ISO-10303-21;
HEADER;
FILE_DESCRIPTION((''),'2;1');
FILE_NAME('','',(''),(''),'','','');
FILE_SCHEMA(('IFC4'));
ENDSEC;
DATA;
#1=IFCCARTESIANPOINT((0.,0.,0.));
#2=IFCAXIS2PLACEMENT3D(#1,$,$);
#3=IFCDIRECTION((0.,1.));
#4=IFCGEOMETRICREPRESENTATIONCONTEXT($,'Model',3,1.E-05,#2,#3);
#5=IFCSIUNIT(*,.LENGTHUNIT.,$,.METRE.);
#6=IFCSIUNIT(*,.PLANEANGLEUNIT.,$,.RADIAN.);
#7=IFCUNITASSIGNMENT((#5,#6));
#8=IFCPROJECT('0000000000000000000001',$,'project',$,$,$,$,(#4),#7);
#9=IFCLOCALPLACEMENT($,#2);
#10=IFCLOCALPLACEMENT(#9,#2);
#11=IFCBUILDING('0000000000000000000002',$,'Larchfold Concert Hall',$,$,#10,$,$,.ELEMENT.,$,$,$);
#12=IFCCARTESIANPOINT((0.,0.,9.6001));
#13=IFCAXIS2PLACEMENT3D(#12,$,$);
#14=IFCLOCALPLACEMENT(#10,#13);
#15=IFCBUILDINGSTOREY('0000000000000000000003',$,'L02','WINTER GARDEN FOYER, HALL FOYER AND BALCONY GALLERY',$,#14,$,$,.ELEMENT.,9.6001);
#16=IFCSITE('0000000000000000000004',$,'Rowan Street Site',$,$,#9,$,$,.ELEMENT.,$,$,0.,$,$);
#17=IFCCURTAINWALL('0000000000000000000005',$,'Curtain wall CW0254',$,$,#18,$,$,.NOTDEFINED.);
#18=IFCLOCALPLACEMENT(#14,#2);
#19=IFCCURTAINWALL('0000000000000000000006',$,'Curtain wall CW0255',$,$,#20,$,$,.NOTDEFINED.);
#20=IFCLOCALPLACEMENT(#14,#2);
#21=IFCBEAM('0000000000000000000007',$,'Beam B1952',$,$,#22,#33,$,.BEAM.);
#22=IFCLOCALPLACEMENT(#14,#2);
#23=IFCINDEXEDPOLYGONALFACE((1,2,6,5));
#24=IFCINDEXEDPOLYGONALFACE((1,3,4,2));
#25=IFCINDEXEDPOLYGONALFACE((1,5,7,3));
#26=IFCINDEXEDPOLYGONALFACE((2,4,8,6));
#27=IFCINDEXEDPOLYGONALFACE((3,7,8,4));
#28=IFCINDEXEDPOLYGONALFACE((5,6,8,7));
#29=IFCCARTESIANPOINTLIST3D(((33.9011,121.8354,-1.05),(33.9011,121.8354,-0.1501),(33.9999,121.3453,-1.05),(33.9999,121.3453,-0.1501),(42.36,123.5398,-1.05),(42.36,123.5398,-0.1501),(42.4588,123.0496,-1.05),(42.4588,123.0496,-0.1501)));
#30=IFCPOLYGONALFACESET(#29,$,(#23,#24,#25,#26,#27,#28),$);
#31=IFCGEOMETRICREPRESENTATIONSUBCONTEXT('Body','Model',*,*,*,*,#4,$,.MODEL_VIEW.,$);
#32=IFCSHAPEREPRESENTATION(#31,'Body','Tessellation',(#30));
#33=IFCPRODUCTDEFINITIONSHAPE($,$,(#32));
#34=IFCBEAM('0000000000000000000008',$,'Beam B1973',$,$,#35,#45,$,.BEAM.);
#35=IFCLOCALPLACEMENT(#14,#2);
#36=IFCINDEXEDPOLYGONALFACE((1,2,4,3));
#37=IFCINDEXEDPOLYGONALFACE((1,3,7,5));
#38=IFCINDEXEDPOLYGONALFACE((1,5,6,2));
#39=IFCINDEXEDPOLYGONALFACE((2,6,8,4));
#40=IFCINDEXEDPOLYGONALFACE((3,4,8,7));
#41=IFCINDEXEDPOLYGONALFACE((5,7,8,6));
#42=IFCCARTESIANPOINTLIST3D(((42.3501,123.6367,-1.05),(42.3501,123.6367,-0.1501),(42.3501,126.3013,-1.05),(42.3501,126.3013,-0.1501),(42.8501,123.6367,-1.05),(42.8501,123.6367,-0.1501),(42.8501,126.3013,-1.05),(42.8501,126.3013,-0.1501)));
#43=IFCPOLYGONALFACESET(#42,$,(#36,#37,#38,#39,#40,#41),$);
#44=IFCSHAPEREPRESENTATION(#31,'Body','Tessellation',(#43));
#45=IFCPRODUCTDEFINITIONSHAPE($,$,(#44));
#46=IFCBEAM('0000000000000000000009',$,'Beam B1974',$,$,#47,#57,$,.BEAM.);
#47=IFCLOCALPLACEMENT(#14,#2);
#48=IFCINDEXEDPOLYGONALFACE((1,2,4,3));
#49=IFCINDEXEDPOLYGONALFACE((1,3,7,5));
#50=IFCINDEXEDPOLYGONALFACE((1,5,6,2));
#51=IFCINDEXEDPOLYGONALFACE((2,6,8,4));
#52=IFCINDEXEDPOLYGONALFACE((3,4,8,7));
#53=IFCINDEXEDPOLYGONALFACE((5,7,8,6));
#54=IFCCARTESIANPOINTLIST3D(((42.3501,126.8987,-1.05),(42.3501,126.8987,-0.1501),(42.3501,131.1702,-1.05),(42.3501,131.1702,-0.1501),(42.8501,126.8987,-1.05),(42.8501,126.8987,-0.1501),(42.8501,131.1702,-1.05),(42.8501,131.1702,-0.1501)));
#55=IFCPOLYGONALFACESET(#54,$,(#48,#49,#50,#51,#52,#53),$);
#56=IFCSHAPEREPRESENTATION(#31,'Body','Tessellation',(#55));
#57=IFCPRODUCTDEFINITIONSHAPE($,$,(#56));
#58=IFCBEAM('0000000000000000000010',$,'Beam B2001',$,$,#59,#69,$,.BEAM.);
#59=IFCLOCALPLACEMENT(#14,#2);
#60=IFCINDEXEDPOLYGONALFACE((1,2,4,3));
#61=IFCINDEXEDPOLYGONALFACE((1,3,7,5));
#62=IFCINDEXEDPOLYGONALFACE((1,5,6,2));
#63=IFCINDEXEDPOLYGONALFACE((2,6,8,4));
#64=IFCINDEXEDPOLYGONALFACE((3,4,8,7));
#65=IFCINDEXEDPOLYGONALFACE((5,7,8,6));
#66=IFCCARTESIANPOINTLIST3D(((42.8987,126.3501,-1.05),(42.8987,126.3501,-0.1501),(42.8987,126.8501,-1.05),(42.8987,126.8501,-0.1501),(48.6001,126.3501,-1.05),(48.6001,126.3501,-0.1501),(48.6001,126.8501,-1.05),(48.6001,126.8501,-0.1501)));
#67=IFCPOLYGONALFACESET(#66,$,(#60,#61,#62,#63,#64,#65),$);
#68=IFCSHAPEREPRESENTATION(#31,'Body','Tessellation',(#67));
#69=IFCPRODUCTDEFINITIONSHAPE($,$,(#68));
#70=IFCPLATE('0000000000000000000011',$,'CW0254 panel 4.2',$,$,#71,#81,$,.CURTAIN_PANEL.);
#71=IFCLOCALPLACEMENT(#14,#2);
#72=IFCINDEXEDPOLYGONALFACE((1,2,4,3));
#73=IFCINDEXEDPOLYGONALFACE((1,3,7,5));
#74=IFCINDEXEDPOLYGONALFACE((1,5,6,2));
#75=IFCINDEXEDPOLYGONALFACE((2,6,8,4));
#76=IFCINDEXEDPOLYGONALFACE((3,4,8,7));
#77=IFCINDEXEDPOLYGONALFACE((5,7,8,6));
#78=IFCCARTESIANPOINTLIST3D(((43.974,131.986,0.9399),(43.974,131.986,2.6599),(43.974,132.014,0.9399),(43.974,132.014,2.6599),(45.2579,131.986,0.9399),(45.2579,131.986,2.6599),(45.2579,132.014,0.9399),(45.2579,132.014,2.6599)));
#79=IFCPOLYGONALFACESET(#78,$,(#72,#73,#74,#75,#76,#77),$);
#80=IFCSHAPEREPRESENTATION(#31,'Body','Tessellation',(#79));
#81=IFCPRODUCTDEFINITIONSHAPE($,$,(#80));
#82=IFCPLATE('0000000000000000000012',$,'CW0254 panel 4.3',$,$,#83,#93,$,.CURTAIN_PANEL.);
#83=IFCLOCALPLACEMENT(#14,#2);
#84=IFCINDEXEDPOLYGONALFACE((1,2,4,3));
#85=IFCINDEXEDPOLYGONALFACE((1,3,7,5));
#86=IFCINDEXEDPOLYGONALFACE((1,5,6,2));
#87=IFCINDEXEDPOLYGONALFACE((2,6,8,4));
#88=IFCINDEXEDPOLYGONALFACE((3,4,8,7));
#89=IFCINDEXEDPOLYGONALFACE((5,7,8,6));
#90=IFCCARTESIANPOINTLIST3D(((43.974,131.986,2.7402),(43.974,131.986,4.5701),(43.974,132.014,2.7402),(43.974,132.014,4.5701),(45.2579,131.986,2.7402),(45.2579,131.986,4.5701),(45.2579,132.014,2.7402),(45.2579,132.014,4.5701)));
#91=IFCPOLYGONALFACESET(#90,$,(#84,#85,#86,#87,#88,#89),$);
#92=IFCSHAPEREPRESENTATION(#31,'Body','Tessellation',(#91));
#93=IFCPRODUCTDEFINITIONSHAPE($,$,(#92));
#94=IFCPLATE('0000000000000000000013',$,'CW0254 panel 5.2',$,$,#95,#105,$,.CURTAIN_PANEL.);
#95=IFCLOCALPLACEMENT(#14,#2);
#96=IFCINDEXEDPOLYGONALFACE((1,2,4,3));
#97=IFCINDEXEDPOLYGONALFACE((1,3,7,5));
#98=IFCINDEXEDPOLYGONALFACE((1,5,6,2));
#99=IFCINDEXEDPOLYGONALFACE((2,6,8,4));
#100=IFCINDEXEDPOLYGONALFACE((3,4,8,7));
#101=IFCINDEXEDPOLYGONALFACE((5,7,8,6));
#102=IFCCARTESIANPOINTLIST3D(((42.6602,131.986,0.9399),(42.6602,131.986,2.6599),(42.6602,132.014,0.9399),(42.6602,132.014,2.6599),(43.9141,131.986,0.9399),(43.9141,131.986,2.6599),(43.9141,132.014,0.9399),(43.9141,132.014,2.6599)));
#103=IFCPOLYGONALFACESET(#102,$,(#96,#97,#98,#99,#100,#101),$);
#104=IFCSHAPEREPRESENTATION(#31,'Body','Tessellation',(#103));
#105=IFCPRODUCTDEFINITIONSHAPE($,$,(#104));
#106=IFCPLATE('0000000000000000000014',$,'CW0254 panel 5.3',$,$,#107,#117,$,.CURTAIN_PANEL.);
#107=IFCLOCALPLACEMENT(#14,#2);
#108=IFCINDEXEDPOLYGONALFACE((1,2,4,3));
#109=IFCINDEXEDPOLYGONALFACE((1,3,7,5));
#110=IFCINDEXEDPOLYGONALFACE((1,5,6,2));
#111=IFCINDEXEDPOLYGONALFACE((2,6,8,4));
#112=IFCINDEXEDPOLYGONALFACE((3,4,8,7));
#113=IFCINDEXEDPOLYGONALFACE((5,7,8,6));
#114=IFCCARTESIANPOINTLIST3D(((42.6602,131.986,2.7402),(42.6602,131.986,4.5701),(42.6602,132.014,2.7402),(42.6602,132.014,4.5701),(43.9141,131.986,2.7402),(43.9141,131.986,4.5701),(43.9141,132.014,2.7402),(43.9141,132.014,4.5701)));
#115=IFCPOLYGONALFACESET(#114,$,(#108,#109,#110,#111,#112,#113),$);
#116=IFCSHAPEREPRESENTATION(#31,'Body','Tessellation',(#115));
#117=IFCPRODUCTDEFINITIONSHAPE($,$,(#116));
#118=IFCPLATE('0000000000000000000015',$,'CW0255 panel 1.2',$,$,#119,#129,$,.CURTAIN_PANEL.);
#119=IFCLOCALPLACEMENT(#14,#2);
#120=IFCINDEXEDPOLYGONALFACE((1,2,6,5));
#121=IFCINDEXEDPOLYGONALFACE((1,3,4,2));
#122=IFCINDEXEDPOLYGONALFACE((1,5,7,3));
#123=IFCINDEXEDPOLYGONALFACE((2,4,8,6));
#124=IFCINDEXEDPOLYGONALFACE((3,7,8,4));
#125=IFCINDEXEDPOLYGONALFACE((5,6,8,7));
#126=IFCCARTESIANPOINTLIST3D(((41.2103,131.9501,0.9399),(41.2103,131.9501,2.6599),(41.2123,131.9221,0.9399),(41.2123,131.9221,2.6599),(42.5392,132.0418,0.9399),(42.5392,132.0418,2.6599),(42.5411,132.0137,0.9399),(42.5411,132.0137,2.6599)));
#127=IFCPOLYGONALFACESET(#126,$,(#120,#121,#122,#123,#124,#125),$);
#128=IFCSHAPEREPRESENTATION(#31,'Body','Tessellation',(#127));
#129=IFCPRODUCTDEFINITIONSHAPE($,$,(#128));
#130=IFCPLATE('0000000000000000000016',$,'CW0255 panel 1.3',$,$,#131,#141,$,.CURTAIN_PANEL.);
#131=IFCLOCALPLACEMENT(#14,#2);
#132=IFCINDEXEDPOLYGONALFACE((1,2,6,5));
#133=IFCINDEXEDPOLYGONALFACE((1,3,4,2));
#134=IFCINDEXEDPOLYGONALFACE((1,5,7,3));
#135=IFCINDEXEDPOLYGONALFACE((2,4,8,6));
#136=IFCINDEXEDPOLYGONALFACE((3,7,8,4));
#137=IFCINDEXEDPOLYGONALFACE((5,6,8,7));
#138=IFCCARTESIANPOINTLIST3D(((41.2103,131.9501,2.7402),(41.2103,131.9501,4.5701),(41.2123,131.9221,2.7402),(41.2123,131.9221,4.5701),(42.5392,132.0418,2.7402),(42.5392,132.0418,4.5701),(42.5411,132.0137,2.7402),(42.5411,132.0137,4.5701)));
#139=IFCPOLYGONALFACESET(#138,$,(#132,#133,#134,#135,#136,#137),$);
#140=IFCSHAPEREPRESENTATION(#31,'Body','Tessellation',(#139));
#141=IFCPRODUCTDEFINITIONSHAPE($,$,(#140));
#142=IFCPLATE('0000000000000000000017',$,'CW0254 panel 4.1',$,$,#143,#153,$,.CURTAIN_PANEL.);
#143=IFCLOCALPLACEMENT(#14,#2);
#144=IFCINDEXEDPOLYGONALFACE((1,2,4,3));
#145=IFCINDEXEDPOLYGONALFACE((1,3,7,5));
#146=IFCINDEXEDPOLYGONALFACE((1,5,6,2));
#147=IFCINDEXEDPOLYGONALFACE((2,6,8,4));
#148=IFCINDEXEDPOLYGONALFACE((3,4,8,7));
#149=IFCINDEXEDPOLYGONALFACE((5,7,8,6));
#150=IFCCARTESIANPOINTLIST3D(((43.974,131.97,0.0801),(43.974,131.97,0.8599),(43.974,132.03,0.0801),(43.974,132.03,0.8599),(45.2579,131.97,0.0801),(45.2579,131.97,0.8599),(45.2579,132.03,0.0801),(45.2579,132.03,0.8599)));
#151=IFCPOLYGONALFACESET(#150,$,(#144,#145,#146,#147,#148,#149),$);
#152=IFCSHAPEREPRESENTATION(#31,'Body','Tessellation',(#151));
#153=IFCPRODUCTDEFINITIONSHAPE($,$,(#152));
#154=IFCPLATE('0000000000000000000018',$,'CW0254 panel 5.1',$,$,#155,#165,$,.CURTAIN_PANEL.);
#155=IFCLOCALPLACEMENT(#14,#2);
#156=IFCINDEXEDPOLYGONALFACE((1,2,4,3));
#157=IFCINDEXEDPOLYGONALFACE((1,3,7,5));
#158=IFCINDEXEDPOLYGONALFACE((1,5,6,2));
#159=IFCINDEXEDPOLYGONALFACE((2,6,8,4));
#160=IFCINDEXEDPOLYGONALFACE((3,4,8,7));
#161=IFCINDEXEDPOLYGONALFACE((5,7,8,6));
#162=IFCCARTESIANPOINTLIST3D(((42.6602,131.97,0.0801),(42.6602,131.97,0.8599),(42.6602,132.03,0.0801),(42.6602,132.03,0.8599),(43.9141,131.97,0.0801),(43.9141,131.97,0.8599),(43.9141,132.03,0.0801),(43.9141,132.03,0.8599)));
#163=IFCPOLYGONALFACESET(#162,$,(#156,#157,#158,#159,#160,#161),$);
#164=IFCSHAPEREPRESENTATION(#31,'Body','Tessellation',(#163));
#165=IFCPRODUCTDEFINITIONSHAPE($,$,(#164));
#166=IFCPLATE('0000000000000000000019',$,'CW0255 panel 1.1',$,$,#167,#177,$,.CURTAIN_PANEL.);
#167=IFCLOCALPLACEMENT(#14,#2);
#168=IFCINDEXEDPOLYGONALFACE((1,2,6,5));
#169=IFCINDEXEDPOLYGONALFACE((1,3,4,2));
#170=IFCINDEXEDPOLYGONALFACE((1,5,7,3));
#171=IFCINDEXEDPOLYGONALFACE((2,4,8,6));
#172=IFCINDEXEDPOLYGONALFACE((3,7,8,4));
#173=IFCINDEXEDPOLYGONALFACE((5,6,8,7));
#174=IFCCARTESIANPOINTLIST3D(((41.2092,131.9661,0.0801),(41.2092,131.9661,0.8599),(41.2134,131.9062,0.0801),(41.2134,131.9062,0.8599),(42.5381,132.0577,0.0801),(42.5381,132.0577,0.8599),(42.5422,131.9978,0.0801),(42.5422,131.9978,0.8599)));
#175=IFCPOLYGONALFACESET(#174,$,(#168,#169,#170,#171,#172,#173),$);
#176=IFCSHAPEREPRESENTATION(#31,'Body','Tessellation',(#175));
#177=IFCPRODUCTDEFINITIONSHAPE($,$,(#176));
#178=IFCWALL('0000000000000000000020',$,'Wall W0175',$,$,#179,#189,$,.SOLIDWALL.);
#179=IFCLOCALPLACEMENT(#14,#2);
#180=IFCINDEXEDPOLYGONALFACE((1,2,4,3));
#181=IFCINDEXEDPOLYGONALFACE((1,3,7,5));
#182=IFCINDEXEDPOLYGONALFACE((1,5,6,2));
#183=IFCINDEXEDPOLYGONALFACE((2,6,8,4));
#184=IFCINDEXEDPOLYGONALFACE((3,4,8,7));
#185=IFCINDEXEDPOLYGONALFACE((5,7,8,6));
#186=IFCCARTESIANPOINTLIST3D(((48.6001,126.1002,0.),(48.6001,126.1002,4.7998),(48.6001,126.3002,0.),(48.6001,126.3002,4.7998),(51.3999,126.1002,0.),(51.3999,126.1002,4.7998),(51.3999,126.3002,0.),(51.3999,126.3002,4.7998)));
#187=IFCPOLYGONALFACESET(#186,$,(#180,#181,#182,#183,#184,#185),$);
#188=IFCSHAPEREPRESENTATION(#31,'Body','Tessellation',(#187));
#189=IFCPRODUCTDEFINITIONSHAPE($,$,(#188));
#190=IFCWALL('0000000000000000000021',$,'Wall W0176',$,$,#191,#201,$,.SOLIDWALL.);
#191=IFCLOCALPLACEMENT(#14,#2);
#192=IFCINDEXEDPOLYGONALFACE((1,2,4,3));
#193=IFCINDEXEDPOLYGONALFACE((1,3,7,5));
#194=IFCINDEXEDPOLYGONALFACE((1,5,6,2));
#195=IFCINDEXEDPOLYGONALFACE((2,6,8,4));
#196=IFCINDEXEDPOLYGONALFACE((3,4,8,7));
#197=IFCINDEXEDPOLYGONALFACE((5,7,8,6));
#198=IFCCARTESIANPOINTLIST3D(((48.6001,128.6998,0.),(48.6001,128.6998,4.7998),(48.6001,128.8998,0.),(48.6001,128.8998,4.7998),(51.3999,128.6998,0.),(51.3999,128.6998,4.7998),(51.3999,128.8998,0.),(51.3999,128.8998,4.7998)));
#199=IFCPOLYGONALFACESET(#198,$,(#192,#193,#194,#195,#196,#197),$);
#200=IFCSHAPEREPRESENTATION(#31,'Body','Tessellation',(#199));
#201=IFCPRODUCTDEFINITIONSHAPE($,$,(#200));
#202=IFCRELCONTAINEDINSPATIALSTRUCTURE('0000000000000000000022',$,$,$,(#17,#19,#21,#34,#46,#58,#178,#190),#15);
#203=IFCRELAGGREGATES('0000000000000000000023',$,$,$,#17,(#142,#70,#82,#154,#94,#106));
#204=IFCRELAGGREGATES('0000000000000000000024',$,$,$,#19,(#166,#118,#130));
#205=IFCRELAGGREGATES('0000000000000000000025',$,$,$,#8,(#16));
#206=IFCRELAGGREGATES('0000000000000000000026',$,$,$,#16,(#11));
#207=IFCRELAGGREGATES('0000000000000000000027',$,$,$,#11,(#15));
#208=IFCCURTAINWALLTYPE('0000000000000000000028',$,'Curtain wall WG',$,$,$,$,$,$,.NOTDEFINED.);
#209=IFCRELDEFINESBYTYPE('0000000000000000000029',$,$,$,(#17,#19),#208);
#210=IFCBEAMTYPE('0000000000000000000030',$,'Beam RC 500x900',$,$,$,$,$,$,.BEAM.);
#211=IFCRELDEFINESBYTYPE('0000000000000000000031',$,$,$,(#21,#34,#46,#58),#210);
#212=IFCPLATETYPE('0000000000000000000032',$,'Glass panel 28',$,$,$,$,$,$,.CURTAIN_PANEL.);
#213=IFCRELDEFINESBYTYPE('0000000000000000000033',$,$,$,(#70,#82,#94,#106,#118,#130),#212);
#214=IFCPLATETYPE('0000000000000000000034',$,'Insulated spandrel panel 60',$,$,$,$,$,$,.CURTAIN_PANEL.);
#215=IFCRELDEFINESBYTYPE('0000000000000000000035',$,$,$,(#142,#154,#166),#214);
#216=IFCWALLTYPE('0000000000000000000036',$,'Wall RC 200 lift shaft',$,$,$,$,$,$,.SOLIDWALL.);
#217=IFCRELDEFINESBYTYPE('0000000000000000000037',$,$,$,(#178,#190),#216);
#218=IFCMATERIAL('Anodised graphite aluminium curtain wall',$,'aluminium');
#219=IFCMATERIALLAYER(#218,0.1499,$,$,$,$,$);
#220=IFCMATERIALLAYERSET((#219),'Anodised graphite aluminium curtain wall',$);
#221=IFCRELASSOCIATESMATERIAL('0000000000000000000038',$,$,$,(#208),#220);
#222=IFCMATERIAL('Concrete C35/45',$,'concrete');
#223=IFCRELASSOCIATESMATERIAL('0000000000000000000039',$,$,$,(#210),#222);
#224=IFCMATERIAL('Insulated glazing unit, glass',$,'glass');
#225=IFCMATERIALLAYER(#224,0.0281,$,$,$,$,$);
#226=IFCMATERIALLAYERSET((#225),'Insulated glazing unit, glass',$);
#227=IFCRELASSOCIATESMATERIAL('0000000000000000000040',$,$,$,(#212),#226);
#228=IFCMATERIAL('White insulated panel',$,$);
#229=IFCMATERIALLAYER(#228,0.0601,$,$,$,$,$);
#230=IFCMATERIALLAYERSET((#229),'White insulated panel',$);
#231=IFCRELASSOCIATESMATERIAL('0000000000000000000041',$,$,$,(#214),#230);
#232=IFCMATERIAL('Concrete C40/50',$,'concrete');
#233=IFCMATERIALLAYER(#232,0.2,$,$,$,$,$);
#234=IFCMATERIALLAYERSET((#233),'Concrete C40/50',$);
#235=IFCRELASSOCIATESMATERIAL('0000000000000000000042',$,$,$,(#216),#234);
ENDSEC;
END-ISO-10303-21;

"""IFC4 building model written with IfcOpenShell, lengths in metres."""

from ifc_helpers import new_model, si_unit, direction, frame, frame_2d, origin, origin_2d, place, context, subcontext, project, spatial, rectangle, extrude, material, layer, layer_set, material_profile, profile_set, type_object, element, aggregate, save


model = new_model("IFC4")

# Units and contexts
model_context = context("Model", 3, precision=1e-05, world=origin(), true_north=direction((0.0, 1.0)))
body_context = subcontext(model_context, "Body", "Model", "MODEL_VIEW")
ifc_project = project(units=[si_unit("LENGTHUNIT", "METRE"), si_unit("PLANEANGLEUNIT", "RADIAN")], contexts=[model_context])

# Site, building, storey
site_placement = place(None, origin())
site = spatial("IfcSite", under=ifc_project, at=site_placement, Name="Rowan Street Site", CompositionType="ELEMENT", RefElevation=0.0)
building_placement = place(site_placement, origin())
building = spatial("IfcBuilding", under=site, at=building_placement, Name="Larchfold Concert Hall", CompositionType="ELEMENT")
storey_placement = place(building_placement, frame((0.0, 0.0, 9.6001)))
storey = spatial("IfcBuildingStorey", under=building, at=storey_placement, Name="L02", Description="WINTER GARDEN FOYER, HALL FOYER AND BALCONY GALLERY", CompositionType="ELEMENT", Elevation=9.6001)

# Shared definitions
ifc_material_1 = material(Name="Anodised graphite aluminium curtain wall", Category="aluminium")
ifc_layer_1 = layer(ifc_material_1, 0.1499)
ifc_layer_set_1 = layer_set([ifc_layer_1], Name="Anodised graphite aluminium curtain wall")
curtain_wall_type = type_object("IfcCurtainWallType", Name="Curtain wall WG", PredefinedType="NOTDEFINED", material=ifc_layer_set_1)

# Curtain wall
curtain_wall_1_placement = place(storey_placement, origin())
curtain_wall_1 = element("IfcCurtainWall", 1, at=curtain_wall_1_placement, inside=storey, type_object=curtain_wall_type, Name="Curtain wall CW0254", PredefinedType="NOTDEFINED")

# Curtain wall
curtain_wall_2_placement = place(storey_placement, origin())
curtain_wall_2 = element("IfcCurtainWall", 2, at=curtain_wall_2_placement, inside=storey, type_object=curtain_wall_type, Name="Curtain wall CW0255", PredefinedType="NOTDEFINED")

# Beams
ifc_material_2 = material(Name="Concrete C35/45", Category="concrete")
ifc_material_profile_1 = material_profile(ifc_material_2, rectangle(XDim=0.5, YDim=0.8999, at=origin_2d()))
ifc_profile_set_1 = profile_set([ifc_material_profile_1], Name="Concrete C35/45")
beam_type = type_object("IfcBeamType", Name="Beam RC 500x900", PredefinedType="BEAM", material=ifc_profile_set_1)
beam_1_placement = place(storey_placement, frame((42.4094, 123.2947, -0.6001), z_axis=(-0.9803, -0.197514, 0.0), x_axis=(0.197514, -0.9803, 0.0)))
element("IfcBeam", 3, at=beam_1_placement, inside=storey, type_object=beam_type, Name="Beam B1952", PredefinedType="BEAM", context=body_context, shape_type="SweptSolid", body=[
    extrude(rectangle(XDim=0.5, YDim=0.8999, at=origin_2d()), origin(), (0.0, 0.0, 1.0), 8.6289),
])
beam_2_placement = place(storey_placement, frame((42.6001, 123.6367, -0.6001), z_axis=(0.0, 1.0, 0.0), x_axis=(-1.0, 0.0, 0.0)))
element("IfcBeam", 4, at=beam_2_placement, inside=storey, type_object=beam_type, Name="Beam B1973", PredefinedType="BEAM", context=body_context, shape_type="SweptSolid", body=[
    extrude(rectangle(XDim=0.5, YDim=0.8999, at=origin_2d()), origin(), (0.0, 0.0, 1.0), 2.6646),
])
beam_3_placement = place(storey_placement, frame((42.6001, 126.8987, -0.6001), z_axis=(0.0, 1.0, 0.0), x_axis=(-1.0, 0.0, 0.0)))
element("IfcBeam", 5, at=beam_3_placement, inside=storey, type_object=beam_type, Name="Beam B1974", PredefinedType="BEAM", context=body_context, shape_type="SweptSolid", body=[
    extrude(rectangle(XDim=0.5, YDim=0.8999, at=origin_2d()), origin(), (0.0, 0.0, 1.0), 4.2715),
])
beam_4_placement = place(storey_placement, frame((42.8987, 126.6001, -0.6001), z_axis=(1.0, 0.0, 0.0), x_axis=(0.0, 1.0, 0.0)))
element("IfcBeam", 6, at=beam_4_placement, inside=storey, type_object=beam_type, Name="Beam B2001", PredefinedType="BEAM", context=body_context, shape_type="SweptSolid", body=[
    extrude(rectangle(XDim=0.5, YDim=0.8999, at=origin_2d()), origin(), (0.0, 0.0, 1.0), 5.7014),
])

# Plates
ifc_material_3 = material(Name="Insulated glazing unit, glass", Category="glass")
ifc_layer_2 = layer(ifc_material_3, 0.0281)
ifc_layer_set_2 = layer_set([ifc_layer_2], Name="Insulated glazing unit, glass")
plate_type_1 = type_object("IfcPlateType", Name="Glass panel 28", PredefinedType="CURTAIN_PANEL", material=ifc_layer_set_2)
plate_1_placement = place(storey_placement, frame((44.616, 132.0, 0.9399), z_axis=(0.0, 0.0, 1.0), x_axis=(-1.0, 0.0, 0.0)))
plate_1 = element("IfcPlate", 7, at=plate_1_placement, type_object=plate_type_1, Name="CW0254 panel 4.2", PredefinedType="CURTAIN_PANEL", context=body_context, shape_type="SweptSolid", body=[
    extrude(rectangle(XDim=1.2839, YDim=0.0281, at=origin_2d()), origin(), (0.0, 0.0, 1.0), 1.72),
])
plate_2_placement = place(storey_placement, frame((44.616, 132.0, 2.7402), z_axis=(0.0, 0.0, 1.0), x_axis=(-1.0, 0.0, 0.0)))
plate_2 = element("IfcPlate", 8, at=plate_2_placement, type_object=plate_type_1, Name="CW0254 panel 4.3", PredefinedType="CURTAIN_PANEL", context=body_context, shape_type="SweptSolid", body=[
    extrude(rectangle(XDim=1.2839, YDim=0.0281, at=origin_2d()), origin(), (0.0, 0.0, 1.0), 1.8298),
])
plate_3_placement = place(storey_placement, frame((43.2871, 132.0, 0.9399), z_axis=(0.0, 0.0, 1.0), x_axis=(-1.0, 0.0, 0.0)))
plate_3 = element("IfcPlate", 9, at=plate_3_placement, type_object=plate_type_1, Name="CW0254 panel 5.2", PredefinedType="CURTAIN_PANEL", context=body_context, shape_type="SweptSolid", body=[
    extrude(rectangle(XDim=1.2539, YDim=0.0281, at=origin_2d()), origin(), (0.0, 0.0, 1.0), 1.72),
])
plate_4_placement = place(storey_placement, frame((43.2871, 132.0, 2.7402), z_axis=(0.0, 0.0, 1.0), x_axis=(-1.0, 0.0, 0.0)))
plate_4 = element("IfcPlate", 10, at=plate_4_placement, type_object=plate_type_1, Name="CW0254 panel 5.3", PredefinedType="CURTAIN_PANEL", context=body_context, shape_type="SweptSolid", body=[
    extrude(rectangle(XDim=1.2539, YDim=0.0281, at=origin_2d()), origin(), (0.0, 0.0, 1.0), 1.8298),
])
plate_5_placement = place(storey_placement, frame((41.8757, 131.9819, 0.9399), z_axis=(0.0, 0.0, 1.0), x_axis=(-0.997631, -0.068786, 0.0)))
plate_5 = element("IfcPlate", 11, at=plate_5_placement, type_object=plate_type_1, Name="CW0255 panel 1.2", PredefinedType="CURTAIN_PANEL", context=body_context, shape_type="SweptSolid", body=[
    extrude(rectangle(XDim=1.332, YDim=0.0281, at=origin_2d()), origin(), (0.0, 0.0, 1.0), 1.72),
])
plate_6_placement = place(storey_placement, frame((41.8757, 131.9819, 2.7402), z_axis=(0.0, 0.0, 1.0), x_axis=(-0.997631, -0.068786, 0.0)))
plate_6 = element("IfcPlate", 12, at=plate_6_placement, type_object=plate_type_1, Name="CW0255 panel 1.3", PredefinedType="CURTAIN_PANEL", context=body_context, shape_type="SweptSolid", body=[
    extrude(rectangle(XDim=1.332, YDim=0.0281, at=origin_2d()), origin(), (0.0, 0.0, 1.0), 1.8298),
])
ifc_material_4 = material(Name="White insulated panel")
ifc_layer_3 = layer(ifc_material_4, 0.0601)
ifc_layer_set_3 = layer_set([ifc_layer_3], Name="White insulated panel")
plate_type_2 = type_object("IfcPlateType", Name="Insulated spandrel panel 60", PredefinedType="CURTAIN_PANEL", material=ifc_layer_set_3)
plate_7_placement = place(storey_placement, frame((44.616, 132.0, 0.0801), z_axis=(0.0, 0.0, 1.0), x_axis=(-1.0, 0.0, 0.0)))
plate_7 = element("IfcPlate", 13, at=plate_7_placement, type_object=plate_type_2, Name="CW0254 panel 4.1", PredefinedType="CURTAIN_PANEL", context=body_context, shape_type="SweptSolid", body=[
    extrude(rectangle(XDim=1.2839, YDim=0.0601, at=origin_2d()), origin(), (0.0, 0.0, 1.0), 0.7798),
])
plate_8_placement = place(storey_placement, frame((43.2871, 132.0, 0.0801), z_axis=(0.0, 0.0, 1.0), x_axis=(-1.0, 0.0, 0.0)))
plate_8 = element("IfcPlate", 14, at=plate_8_placement, type_object=plate_type_2, Name="CW0254 panel 5.1", PredefinedType="CURTAIN_PANEL", context=body_context, shape_type="SweptSolid", body=[
    extrude(rectangle(XDim=1.2539, YDim=0.0601, at=origin_2d()), origin(), (0.0, 0.0, 1.0), 0.7798),
])
aggregate(curtain_wall_1, [plate_7, plate_1, plate_2, plate_8, plate_3, plate_4])
plate_9_placement = place(storey_placement, frame((41.8757, 131.9819, 0.0801), z_axis=(0.0, 0.0, 1.0), x_axis=(-0.997631, -0.068786, 0.0)))
plate_9 = element("IfcPlate", 15, at=plate_9_placement, type_object=plate_type_2, Name="CW0255 panel 1.1", PredefinedType="CURTAIN_PANEL", context=body_context, shape_type="SweptSolid", body=[
    extrude(rectangle(XDim=1.332, YDim=0.0601, at=origin_2d()), origin(), (0.0, 0.0, 1.0), 0.7798),
])
aggregate(curtain_wall_2, [plate_9, plate_5, plate_6])

# Walls
ifc_material_5 = material(Name="Concrete C40/50", Category="concrete")
ifc_layer_4 = layer(ifc_material_5, 0.2)
ifc_layer_set_4 = layer_set([ifc_layer_4], Name="Concrete C40/50")
wall_type = type_object("IfcWallType", Name="Wall RC 200 lift shaft", PredefinedType="SOLIDWALL", material=ifc_layer_set_4)
for number, where, z_axis, x_axis, name in (
    (16, (48.6001, 126.2002, 0.0), (0.0, 0.0, 1.0), (1.0, 0.0, 0.0), "Wall W0175"),
    (17, (48.6001, 128.7998, 0.0), (0.0, 0.0, 1.0), (1.0, 0.0, 0.0), "Wall W0176"),
):
    element("IfcWall", number, at=place(storey_placement, frame(where, z_axis=z_axis, x_axis=x_axis)), inside=storey, type_object=wall_type, Name=name, PredefinedType="SOLIDWALL", context=body_context, shape_type="SweptSolid", body=[
        extrude(rectangle(XDim=2.7998, YDim=0.2, at=frame_2d((1.3999, 0.0))), origin(), (0.0, 0.0, 1.0), 4.7998),
    ])

save(model, "model.ifc")
